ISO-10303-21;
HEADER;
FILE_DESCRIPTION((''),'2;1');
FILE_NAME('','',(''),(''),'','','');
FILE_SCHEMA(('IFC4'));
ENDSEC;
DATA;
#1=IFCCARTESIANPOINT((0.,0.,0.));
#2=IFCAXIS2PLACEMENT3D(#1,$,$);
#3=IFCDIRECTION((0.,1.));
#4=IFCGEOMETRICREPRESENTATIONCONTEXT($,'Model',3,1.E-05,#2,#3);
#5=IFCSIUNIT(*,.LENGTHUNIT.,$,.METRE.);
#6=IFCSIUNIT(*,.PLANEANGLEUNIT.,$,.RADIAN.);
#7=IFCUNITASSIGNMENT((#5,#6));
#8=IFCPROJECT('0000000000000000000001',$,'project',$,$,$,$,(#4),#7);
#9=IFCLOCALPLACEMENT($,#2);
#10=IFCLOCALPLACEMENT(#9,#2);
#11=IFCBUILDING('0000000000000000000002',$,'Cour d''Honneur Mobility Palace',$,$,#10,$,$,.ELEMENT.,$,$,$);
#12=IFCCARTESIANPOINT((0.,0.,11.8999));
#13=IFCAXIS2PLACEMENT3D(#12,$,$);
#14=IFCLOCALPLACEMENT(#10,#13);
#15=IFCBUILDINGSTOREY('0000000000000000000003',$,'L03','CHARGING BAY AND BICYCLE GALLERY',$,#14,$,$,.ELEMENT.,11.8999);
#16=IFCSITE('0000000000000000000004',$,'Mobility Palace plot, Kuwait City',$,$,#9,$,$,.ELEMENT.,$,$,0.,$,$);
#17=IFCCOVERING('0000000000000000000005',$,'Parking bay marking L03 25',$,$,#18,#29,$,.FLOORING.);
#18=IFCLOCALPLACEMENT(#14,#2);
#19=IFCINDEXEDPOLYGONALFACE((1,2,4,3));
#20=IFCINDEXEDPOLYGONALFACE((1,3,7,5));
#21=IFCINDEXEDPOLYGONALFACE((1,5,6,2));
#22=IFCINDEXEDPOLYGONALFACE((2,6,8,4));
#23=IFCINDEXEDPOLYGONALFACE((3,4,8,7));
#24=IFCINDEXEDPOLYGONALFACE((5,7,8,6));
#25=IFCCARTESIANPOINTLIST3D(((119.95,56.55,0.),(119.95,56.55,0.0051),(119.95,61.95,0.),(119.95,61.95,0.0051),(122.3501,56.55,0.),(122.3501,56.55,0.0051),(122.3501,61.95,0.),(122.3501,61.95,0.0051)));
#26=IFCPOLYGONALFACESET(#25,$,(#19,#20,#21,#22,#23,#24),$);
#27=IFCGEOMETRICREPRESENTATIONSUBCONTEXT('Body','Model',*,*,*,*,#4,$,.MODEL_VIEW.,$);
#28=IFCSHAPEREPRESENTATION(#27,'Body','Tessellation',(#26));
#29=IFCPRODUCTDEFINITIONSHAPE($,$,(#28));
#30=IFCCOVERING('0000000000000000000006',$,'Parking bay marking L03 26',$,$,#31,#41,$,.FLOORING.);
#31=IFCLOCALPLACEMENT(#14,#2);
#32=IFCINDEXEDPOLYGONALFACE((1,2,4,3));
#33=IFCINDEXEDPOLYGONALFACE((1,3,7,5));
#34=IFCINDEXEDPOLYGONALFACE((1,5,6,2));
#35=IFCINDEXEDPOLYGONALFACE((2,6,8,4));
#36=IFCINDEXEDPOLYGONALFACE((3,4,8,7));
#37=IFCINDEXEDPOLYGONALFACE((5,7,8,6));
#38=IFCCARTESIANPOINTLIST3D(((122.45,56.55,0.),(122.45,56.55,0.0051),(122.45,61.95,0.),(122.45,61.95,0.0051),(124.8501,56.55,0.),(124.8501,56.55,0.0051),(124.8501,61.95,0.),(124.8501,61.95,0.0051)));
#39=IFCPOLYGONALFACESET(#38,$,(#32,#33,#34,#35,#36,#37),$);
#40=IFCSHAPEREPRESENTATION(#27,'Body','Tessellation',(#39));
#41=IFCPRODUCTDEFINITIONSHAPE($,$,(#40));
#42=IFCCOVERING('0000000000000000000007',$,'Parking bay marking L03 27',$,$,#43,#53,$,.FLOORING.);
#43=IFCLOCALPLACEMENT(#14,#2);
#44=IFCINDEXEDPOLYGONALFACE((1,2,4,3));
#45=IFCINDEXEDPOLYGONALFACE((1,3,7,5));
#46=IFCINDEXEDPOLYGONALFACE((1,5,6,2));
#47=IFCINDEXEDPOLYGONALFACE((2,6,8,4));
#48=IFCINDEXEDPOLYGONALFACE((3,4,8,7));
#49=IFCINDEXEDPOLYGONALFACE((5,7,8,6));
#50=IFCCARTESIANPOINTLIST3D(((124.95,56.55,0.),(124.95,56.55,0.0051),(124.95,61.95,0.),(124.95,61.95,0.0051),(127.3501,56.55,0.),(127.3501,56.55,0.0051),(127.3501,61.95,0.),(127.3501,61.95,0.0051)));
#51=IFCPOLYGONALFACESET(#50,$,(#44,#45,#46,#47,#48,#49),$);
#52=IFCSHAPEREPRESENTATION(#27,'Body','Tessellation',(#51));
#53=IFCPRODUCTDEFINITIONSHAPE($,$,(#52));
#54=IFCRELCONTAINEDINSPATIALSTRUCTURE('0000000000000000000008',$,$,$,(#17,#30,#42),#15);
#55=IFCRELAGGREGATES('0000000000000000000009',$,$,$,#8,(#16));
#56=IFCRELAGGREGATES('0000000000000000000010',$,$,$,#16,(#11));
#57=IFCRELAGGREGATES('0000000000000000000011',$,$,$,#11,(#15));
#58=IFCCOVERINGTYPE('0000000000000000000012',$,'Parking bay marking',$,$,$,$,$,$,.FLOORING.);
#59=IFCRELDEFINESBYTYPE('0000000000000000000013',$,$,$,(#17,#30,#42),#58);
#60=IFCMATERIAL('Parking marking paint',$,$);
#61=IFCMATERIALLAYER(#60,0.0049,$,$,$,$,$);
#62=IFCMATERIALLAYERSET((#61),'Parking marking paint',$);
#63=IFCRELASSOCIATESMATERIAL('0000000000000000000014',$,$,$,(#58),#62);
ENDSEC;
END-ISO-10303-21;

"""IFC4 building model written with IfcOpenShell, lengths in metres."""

from ifc_helpers import new_model, si_unit, direction, frame, origin, place, context, subcontext, project, spatial, polyline, outline, extrude, material, layer, layer_set, type_object, element, save


model = new_model("IFC4")

# Units and contexts
model_context = context("Model", 3, precision=1e-05, world=origin(), true_north=direction((0.0, 1.0)))
body_context = subcontext(model_context, "Body", "Model", "MODEL_VIEW")
ifc_project = project(units=[si_unit("LENGTHUNIT", "METRE"), si_unit("PLANEANGLEUNIT", "RADIAN")], contexts=[model_context])

# Site, building, storey
site_placement = place(None, origin())
site = spatial("IfcSite", under=ifc_project, at=site_placement, Name="Mobility Palace plot, Kuwait City", CompositionType="ELEMENT", RefElevation=0.0)
building_placement = place(site_placement, origin())
building = spatial("IfcBuilding", under=site, at=building_placement, Name="Cour d'Honneur Mobility Palace", CompositionType="ELEMENT")
storey_placement = place(building_placement, frame((0.0, 0.0, 11.8999)))
storey = spatial("IfcBuildingStorey", under=building, at=storey_placement, Name="L03", Description="CHARGING BAY AND BICYCLE GALLERY", CompositionType="ELEMENT", Elevation=11.8999)

# Coverings
ifc_material_1 = material(Name="Parking marking paint")
ifc_layer_1 = layer(ifc_material_1, 0.0049)
ifc_layer_set_1 = layer_set([ifc_layer_1], Name="Parking marking paint")
covering_type_1 = type_object("IfcCoveringType", Name="Parking bay marking", PredefinedType="FLOORING", material=ifc_layer_set_1)
covering_1_placement = place(storey_placement, origin())
element("IfcCovering", 1, at=covering_1_placement, inside=storey, type_object=covering_type_1, Name="Parking bay marking L03 25", PredefinedType="FLOORING", context=body_context, shape_type="SweptSolid", body=[
    extrude(outline(polyline([(122.3501, 56.55), (119.95, 56.55), (119.95, 61.95), (122.3501, 61.95), (122.3501, 56.55)])), origin(), (0.0, 0.0, 1.0), 0.0051),
])
covering_2_placement = place(storey_placement, origin())
element("IfcCovering", 2, at=covering_2_placement, inside=storey, type_object=covering_type_1, Name="Parking bay marking L03 26", PredefinedType="FLOORING", context=body_context, shape_type="SweptSolid", body=[
    extrude(outline(polyline([(124.8501, 56.55), (122.45, 56.55), (122.45, 61.95), (124.8501, 61.95), (124.8501, 56.55)])), origin(), (0.0, 0.0, 1.0), 0.0051),
])
covering_3_placement = place(storey_placement, origin())
element("IfcCovering", 3, at=covering_3_placement, inside=storey, type_object=covering_type_1, Name="Parking bay marking L03 27", PredefinedType="FLOORING", context=body_context, shape_type="SweptSolid", body=[
    extrude(outline(polyline([(127.3501, 56.55), (124.95, 56.55), (124.95, 61.95), (127.3501, 61.95), (127.3501, 56.55)])), origin(), (0.0, 0.0, 1.0), 0.0051),
])

save(model, "model.ifc")
